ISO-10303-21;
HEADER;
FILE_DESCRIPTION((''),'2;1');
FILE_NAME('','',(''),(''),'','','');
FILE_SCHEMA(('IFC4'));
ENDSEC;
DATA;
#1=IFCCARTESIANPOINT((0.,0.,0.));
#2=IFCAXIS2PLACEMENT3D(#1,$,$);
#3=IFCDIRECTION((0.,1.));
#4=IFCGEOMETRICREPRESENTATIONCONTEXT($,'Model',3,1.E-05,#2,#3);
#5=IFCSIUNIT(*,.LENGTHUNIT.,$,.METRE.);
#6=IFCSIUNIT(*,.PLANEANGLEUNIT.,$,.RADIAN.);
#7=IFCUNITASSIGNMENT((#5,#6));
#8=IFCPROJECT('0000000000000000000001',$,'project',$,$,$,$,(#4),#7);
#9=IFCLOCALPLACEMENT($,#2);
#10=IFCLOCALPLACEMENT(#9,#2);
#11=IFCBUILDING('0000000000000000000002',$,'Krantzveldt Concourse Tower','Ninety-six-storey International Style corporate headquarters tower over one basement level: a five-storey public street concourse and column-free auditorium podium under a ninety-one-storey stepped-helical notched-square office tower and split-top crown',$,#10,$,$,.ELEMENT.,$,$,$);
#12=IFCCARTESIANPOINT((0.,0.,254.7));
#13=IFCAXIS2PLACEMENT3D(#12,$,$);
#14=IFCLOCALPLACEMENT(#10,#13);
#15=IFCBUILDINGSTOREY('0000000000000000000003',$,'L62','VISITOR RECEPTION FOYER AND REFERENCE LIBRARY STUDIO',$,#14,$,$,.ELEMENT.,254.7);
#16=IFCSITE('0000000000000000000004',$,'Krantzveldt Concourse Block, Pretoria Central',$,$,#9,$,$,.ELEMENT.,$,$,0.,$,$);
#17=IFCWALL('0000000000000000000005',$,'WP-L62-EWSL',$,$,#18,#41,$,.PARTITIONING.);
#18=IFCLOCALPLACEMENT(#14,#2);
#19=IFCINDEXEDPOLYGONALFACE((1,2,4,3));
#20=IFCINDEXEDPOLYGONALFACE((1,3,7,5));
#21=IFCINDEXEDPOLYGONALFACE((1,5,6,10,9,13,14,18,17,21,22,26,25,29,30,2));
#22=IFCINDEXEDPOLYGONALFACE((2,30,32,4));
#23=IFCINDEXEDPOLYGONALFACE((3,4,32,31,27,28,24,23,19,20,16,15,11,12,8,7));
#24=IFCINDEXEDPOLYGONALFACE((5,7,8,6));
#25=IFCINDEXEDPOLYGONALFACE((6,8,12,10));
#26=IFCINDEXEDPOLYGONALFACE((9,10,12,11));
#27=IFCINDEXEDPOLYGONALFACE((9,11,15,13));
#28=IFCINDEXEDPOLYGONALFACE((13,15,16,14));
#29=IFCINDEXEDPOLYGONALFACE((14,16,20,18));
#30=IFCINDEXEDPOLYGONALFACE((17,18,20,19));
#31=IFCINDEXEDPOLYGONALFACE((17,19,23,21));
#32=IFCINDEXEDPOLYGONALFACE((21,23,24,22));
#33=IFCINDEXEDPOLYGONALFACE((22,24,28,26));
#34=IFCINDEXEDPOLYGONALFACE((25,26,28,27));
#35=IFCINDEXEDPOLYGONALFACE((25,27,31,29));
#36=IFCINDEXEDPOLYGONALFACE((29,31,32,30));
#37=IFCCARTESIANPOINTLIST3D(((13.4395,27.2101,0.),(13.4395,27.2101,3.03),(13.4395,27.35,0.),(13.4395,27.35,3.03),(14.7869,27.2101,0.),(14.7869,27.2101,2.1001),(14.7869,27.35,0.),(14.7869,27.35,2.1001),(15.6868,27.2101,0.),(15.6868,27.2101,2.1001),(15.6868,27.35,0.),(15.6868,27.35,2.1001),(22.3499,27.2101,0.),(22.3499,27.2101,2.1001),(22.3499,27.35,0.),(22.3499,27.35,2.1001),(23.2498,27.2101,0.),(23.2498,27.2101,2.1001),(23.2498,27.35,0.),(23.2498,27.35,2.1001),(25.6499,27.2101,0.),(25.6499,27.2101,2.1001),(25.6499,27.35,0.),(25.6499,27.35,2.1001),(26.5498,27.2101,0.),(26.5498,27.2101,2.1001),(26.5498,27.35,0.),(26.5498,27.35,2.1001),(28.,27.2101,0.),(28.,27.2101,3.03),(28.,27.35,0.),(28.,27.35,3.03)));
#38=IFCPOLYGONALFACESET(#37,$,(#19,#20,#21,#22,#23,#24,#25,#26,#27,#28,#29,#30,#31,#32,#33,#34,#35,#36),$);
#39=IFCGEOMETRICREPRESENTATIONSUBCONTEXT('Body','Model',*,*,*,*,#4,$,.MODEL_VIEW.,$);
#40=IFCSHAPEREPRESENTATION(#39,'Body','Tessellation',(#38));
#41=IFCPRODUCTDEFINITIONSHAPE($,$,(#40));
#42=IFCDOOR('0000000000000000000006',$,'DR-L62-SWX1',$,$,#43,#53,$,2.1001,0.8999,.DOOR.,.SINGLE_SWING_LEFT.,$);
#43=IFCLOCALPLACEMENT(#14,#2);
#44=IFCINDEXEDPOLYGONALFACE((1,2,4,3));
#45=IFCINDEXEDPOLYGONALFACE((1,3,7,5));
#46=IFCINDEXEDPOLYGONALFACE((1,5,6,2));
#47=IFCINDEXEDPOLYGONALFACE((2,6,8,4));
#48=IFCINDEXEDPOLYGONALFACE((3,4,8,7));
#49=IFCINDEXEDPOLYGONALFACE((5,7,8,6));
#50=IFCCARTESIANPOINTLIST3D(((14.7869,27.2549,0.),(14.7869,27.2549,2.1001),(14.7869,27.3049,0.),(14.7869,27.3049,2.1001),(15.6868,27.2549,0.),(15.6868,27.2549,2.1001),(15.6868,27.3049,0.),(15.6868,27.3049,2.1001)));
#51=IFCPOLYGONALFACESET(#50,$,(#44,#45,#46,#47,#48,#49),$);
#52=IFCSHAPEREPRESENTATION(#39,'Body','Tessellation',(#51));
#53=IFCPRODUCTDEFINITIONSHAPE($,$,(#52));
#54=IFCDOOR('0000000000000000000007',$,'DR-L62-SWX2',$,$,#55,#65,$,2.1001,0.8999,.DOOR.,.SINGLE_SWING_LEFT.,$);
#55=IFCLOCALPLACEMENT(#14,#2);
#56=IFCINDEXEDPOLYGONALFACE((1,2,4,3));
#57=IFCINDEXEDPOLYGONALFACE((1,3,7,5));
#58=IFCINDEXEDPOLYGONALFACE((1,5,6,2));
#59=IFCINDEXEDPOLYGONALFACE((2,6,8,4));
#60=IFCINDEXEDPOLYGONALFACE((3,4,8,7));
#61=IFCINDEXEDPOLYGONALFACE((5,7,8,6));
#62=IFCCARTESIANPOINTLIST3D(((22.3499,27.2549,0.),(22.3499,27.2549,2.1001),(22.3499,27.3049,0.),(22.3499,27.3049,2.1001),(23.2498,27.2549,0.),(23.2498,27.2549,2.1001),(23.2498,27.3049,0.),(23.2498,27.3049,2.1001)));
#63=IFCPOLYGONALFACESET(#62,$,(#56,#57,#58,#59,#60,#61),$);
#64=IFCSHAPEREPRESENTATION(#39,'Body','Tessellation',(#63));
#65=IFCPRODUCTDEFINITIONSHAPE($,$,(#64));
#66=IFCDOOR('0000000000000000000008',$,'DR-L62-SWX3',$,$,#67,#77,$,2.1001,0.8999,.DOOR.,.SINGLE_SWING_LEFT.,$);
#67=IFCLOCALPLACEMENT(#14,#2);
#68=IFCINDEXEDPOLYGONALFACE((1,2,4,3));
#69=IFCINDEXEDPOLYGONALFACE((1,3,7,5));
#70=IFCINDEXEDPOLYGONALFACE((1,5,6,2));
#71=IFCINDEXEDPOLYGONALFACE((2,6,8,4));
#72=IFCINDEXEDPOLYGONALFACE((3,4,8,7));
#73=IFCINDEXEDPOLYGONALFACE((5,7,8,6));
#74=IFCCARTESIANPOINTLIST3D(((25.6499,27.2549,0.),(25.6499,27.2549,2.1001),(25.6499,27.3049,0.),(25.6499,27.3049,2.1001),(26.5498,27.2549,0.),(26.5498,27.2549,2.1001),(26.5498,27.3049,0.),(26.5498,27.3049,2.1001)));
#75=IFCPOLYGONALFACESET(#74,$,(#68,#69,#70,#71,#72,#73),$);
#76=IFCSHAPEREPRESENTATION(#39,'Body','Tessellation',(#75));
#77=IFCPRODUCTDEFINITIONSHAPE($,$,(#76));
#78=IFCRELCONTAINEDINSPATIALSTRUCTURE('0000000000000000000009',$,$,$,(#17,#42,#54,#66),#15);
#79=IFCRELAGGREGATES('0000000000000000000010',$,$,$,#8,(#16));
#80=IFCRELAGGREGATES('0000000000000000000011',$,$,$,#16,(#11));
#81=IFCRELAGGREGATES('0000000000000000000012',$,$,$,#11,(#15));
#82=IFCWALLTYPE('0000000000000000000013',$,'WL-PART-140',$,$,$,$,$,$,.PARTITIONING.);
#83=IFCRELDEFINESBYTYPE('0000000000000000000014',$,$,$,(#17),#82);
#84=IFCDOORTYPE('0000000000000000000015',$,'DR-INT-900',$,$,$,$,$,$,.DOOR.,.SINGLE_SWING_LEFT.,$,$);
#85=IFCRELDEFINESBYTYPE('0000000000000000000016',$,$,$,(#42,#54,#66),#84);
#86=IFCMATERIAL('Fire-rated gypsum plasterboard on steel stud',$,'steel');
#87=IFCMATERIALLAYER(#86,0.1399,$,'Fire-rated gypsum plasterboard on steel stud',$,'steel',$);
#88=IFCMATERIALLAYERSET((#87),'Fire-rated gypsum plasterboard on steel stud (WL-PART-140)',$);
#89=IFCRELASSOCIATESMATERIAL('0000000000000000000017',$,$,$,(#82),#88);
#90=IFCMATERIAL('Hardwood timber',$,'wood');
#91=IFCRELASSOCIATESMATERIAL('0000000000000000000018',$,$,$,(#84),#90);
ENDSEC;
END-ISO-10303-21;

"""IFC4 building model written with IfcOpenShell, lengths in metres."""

from ifc_helpers import new_model, si_unit, direction, frame, frame_2d, origin, place, context, subcontext, project, spatial, rectangle, extrude, material, layer, layer_set, type_object, element, fill, save


model = new_model("IFC4")

# Units and contexts
model_context = context("Model", 3, precision=1e-05, world=origin(), true_north=direction((0.0, 1.0)))
body_context = subcontext(model_context, "Body", "Model", "MODEL_VIEW")
ifc_project = project(units=[si_unit("LENGTHUNIT", "METRE"), si_unit("PLANEANGLEUNIT", "RADIAN")], contexts=[model_context])

# Site, building, storey
site_placement = place(None, origin())
site = spatial("IfcSite", under=ifc_project, at=site_placement, Name="Krantzveldt Concourse Block, Pretoria Central", CompositionType="ELEMENT", RefElevation=0.0)
building_placement = place(site_placement, origin())
building = spatial("IfcBuilding", under=site, at=building_placement, Name="Krantzveldt Concourse Tower", Description="Ninety-six-storey International Style corporate headquarters tower over one basement level: a five-storey public street concourse and column-free auditorium podium under a ninety-one-storey stepped-helical notched-square office tower and split-top crown", CompositionType="ELEMENT")
storey_placement = place(building_placement, frame((0.0, 0.0, 254.7)))
storey = spatial("IfcBuildingStorey", under=building, at=storey_placement, Name="L62", Description="VISITOR RECEPTION FOYER AND REFERENCE LIBRARY STUDIO", CompositionType="ELEMENT", Elevation=254.7)

# Shared definitions
ifc_material_1 = material(Name="Fire-rated gypsum plasterboard on steel stud", Category="steel")

# Wall, openings, doors
ifc_layer_1 = layer(ifc_material_1, 0.1399, Name="Fire-rated gypsum plasterboard on steel stud", Category="steel")
ifc_layer_set_1 = layer_set([ifc_layer_1], Name="Fire-rated gypsum plasterboard on steel stud (WL-PART-140)")
wall_type_1 = type_object("IfcWallType", Name="WL-PART-140", PredefinedType="PARTITIONING", material=ifc_layer_set_1)
ifc_material_2 = material(Name="Hardwood timber", Category="wood")
door_type = type_object("IfcDoorType", Name="DR-INT-900", OperationType="SINGLE_SWING_LEFT", PredefinedType="DOOR", material=ifc_material_2)
wall_1_placement = place(storey_placement, frame((13.4395, 27.28, 0.0), z_axis=(0.0, 0.0, 1.0), x_axis=(1.0, 0.0, 0.0)))
wall_1 = element("IfcWall", 1, at=wall_1_placement, inside=storey, type_object=wall_type_1, Name="WP-L62-EWSL", PredefinedType="PARTITIONING", context=body_context, shape_type="SweptSolid", body=[
    extrude(rectangle(XDim=14.5605, YDim=0.1399, at=frame_2d((7.2803, 0.0))), origin(), (0.0, 0.0, 1.0), 3.03),
])
opening_1_placement = place(wall_1_placement, frame((1.3474, 0.0, 0.0)))
opening_1 = element("IfcOpeningElement", 2, at=opening_1_placement, cuts=wall_1, PredefinedType="OPENING", context=body_context, shape_type="SweptSolid", body=[
    extrude(rectangle(XDim=0.8999, YDim=2.1001, at=frame_2d((0.45, 1.05))), frame((0.0, 0.0801, 0.0), z_axis=(0.0, -1.0, 0.0), x_axis=(1.0, 0.0, 0.0)), (0.0, 0.0, 1.0), 0.1599),
])
opening_2_placement = place(wall_1_placement, frame((8.9104, 0.0, 0.0)))
opening_2 = element("IfcOpeningElement", 3, at=opening_2_placement, cuts=wall_1, PredefinedType="OPENING", context=body_context, shape_type="SweptSolid", body=[
    extrude(rectangle(XDim=0.8999, YDim=2.1001, at=frame_2d((0.45, 1.05))), frame((0.0, 0.0801, 0.0), z_axis=(0.0, -1.0, 0.0), x_axis=(1.0, 0.0, 0.0)), (0.0, 0.0, 1.0), 0.1599),
])
opening_3_placement = place(wall_1_placement, frame((12.2104, 0.0, 0.0)))
opening_3 = element("IfcOpeningElement", 4, at=opening_3_placement, cuts=wall_1, PredefinedType="OPENING", context=body_context, shape_type="SweptSolid", body=[
    extrude(rectangle(XDim=0.8999, YDim=2.1001, at=frame_2d((0.45, 1.05))), frame((0.0, 0.0801, 0.0), z_axis=(0.0, -1.0, 0.0), x_axis=(1.0, 0.0, 0.0)), (0.0, 0.0, 1.0), 0.1599),
])
door_1_placement = place(opening_1_placement, origin())
door_1 = element("IfcDoor", 5, at=door_1_placement, inside=storey, type_object=door_type, Name="DR-L62-SWX1", OperationType="SINGLE_SWING_LEFT", OverallHeight=2.1001, OverallWidth=0.8999, PredefinedType="DOOR", context=body_context, shape_type="SweptSolid", body=[
    extrude(rectangle(XDim=0.8999, YDim=2.1001, at=frame_2d((0.45, 1.05))), frame((0.0, 0.0249, 0.0), z_axis=(0.0, -1.0, 0.0), x_axis=(1.0, 0.0, 0.0)), (0.0, 0.0, 1.0), 0.05),
])
fill(opening_1, door_1)
door_2_placement = place(opening_2_placement, origin())
door_2 = element("IfcDoor", 6, at=door_2_placement, inside=storey, type_object=door_type, Name="DR-L62-SWX2", OperationType="SINGLE_SWING_LEFT", OverallHeight=2.1001, OverallWidth=0.8999, PredefinedType="DOOR", context=body_context, shape_type="SweptSolid", body=[
    extrude(rectangle(XDim=0.8999, YDim=2.1001, at=frame_2d((0.45, 1.05))), frame((0.0, 0.0249, 0.0), z_axis=(0.0, -1.0, 0.0), x_axis=(1.0, 0.0, 0.0)), (0.0, 0.0, 1.0), 0.05),
])
fill(opening_2, door_2)
door_3_placement = place(opening_3_placement, origin())
door_3 = element("IfcDoor", 7, at=door_3_placement, inside=storey, type_object=door_type, Name="DR-L62-SWX3", OperationType="SINGLE_SWING_LEFT", OverallHeight=2.1001, OverallWidth=0.8999, PredefinedType="DOOR", context=body_context, shape_type="SweptSolid", body=[
    extrude(rectangle(XDim=0.8999, YDim=2.1001, at=frame_2d((0.45, 1.05))), frame((0.0, 0.0249, 0.0), z_axis=(0.0, -1.0, 0.0), x_axis=(1.0, 0.0, 0.0)), (0.0, 0.0, 1.0), 0.05),
])
fill(opening_3, door_3)

save(model, "model.ifc")
